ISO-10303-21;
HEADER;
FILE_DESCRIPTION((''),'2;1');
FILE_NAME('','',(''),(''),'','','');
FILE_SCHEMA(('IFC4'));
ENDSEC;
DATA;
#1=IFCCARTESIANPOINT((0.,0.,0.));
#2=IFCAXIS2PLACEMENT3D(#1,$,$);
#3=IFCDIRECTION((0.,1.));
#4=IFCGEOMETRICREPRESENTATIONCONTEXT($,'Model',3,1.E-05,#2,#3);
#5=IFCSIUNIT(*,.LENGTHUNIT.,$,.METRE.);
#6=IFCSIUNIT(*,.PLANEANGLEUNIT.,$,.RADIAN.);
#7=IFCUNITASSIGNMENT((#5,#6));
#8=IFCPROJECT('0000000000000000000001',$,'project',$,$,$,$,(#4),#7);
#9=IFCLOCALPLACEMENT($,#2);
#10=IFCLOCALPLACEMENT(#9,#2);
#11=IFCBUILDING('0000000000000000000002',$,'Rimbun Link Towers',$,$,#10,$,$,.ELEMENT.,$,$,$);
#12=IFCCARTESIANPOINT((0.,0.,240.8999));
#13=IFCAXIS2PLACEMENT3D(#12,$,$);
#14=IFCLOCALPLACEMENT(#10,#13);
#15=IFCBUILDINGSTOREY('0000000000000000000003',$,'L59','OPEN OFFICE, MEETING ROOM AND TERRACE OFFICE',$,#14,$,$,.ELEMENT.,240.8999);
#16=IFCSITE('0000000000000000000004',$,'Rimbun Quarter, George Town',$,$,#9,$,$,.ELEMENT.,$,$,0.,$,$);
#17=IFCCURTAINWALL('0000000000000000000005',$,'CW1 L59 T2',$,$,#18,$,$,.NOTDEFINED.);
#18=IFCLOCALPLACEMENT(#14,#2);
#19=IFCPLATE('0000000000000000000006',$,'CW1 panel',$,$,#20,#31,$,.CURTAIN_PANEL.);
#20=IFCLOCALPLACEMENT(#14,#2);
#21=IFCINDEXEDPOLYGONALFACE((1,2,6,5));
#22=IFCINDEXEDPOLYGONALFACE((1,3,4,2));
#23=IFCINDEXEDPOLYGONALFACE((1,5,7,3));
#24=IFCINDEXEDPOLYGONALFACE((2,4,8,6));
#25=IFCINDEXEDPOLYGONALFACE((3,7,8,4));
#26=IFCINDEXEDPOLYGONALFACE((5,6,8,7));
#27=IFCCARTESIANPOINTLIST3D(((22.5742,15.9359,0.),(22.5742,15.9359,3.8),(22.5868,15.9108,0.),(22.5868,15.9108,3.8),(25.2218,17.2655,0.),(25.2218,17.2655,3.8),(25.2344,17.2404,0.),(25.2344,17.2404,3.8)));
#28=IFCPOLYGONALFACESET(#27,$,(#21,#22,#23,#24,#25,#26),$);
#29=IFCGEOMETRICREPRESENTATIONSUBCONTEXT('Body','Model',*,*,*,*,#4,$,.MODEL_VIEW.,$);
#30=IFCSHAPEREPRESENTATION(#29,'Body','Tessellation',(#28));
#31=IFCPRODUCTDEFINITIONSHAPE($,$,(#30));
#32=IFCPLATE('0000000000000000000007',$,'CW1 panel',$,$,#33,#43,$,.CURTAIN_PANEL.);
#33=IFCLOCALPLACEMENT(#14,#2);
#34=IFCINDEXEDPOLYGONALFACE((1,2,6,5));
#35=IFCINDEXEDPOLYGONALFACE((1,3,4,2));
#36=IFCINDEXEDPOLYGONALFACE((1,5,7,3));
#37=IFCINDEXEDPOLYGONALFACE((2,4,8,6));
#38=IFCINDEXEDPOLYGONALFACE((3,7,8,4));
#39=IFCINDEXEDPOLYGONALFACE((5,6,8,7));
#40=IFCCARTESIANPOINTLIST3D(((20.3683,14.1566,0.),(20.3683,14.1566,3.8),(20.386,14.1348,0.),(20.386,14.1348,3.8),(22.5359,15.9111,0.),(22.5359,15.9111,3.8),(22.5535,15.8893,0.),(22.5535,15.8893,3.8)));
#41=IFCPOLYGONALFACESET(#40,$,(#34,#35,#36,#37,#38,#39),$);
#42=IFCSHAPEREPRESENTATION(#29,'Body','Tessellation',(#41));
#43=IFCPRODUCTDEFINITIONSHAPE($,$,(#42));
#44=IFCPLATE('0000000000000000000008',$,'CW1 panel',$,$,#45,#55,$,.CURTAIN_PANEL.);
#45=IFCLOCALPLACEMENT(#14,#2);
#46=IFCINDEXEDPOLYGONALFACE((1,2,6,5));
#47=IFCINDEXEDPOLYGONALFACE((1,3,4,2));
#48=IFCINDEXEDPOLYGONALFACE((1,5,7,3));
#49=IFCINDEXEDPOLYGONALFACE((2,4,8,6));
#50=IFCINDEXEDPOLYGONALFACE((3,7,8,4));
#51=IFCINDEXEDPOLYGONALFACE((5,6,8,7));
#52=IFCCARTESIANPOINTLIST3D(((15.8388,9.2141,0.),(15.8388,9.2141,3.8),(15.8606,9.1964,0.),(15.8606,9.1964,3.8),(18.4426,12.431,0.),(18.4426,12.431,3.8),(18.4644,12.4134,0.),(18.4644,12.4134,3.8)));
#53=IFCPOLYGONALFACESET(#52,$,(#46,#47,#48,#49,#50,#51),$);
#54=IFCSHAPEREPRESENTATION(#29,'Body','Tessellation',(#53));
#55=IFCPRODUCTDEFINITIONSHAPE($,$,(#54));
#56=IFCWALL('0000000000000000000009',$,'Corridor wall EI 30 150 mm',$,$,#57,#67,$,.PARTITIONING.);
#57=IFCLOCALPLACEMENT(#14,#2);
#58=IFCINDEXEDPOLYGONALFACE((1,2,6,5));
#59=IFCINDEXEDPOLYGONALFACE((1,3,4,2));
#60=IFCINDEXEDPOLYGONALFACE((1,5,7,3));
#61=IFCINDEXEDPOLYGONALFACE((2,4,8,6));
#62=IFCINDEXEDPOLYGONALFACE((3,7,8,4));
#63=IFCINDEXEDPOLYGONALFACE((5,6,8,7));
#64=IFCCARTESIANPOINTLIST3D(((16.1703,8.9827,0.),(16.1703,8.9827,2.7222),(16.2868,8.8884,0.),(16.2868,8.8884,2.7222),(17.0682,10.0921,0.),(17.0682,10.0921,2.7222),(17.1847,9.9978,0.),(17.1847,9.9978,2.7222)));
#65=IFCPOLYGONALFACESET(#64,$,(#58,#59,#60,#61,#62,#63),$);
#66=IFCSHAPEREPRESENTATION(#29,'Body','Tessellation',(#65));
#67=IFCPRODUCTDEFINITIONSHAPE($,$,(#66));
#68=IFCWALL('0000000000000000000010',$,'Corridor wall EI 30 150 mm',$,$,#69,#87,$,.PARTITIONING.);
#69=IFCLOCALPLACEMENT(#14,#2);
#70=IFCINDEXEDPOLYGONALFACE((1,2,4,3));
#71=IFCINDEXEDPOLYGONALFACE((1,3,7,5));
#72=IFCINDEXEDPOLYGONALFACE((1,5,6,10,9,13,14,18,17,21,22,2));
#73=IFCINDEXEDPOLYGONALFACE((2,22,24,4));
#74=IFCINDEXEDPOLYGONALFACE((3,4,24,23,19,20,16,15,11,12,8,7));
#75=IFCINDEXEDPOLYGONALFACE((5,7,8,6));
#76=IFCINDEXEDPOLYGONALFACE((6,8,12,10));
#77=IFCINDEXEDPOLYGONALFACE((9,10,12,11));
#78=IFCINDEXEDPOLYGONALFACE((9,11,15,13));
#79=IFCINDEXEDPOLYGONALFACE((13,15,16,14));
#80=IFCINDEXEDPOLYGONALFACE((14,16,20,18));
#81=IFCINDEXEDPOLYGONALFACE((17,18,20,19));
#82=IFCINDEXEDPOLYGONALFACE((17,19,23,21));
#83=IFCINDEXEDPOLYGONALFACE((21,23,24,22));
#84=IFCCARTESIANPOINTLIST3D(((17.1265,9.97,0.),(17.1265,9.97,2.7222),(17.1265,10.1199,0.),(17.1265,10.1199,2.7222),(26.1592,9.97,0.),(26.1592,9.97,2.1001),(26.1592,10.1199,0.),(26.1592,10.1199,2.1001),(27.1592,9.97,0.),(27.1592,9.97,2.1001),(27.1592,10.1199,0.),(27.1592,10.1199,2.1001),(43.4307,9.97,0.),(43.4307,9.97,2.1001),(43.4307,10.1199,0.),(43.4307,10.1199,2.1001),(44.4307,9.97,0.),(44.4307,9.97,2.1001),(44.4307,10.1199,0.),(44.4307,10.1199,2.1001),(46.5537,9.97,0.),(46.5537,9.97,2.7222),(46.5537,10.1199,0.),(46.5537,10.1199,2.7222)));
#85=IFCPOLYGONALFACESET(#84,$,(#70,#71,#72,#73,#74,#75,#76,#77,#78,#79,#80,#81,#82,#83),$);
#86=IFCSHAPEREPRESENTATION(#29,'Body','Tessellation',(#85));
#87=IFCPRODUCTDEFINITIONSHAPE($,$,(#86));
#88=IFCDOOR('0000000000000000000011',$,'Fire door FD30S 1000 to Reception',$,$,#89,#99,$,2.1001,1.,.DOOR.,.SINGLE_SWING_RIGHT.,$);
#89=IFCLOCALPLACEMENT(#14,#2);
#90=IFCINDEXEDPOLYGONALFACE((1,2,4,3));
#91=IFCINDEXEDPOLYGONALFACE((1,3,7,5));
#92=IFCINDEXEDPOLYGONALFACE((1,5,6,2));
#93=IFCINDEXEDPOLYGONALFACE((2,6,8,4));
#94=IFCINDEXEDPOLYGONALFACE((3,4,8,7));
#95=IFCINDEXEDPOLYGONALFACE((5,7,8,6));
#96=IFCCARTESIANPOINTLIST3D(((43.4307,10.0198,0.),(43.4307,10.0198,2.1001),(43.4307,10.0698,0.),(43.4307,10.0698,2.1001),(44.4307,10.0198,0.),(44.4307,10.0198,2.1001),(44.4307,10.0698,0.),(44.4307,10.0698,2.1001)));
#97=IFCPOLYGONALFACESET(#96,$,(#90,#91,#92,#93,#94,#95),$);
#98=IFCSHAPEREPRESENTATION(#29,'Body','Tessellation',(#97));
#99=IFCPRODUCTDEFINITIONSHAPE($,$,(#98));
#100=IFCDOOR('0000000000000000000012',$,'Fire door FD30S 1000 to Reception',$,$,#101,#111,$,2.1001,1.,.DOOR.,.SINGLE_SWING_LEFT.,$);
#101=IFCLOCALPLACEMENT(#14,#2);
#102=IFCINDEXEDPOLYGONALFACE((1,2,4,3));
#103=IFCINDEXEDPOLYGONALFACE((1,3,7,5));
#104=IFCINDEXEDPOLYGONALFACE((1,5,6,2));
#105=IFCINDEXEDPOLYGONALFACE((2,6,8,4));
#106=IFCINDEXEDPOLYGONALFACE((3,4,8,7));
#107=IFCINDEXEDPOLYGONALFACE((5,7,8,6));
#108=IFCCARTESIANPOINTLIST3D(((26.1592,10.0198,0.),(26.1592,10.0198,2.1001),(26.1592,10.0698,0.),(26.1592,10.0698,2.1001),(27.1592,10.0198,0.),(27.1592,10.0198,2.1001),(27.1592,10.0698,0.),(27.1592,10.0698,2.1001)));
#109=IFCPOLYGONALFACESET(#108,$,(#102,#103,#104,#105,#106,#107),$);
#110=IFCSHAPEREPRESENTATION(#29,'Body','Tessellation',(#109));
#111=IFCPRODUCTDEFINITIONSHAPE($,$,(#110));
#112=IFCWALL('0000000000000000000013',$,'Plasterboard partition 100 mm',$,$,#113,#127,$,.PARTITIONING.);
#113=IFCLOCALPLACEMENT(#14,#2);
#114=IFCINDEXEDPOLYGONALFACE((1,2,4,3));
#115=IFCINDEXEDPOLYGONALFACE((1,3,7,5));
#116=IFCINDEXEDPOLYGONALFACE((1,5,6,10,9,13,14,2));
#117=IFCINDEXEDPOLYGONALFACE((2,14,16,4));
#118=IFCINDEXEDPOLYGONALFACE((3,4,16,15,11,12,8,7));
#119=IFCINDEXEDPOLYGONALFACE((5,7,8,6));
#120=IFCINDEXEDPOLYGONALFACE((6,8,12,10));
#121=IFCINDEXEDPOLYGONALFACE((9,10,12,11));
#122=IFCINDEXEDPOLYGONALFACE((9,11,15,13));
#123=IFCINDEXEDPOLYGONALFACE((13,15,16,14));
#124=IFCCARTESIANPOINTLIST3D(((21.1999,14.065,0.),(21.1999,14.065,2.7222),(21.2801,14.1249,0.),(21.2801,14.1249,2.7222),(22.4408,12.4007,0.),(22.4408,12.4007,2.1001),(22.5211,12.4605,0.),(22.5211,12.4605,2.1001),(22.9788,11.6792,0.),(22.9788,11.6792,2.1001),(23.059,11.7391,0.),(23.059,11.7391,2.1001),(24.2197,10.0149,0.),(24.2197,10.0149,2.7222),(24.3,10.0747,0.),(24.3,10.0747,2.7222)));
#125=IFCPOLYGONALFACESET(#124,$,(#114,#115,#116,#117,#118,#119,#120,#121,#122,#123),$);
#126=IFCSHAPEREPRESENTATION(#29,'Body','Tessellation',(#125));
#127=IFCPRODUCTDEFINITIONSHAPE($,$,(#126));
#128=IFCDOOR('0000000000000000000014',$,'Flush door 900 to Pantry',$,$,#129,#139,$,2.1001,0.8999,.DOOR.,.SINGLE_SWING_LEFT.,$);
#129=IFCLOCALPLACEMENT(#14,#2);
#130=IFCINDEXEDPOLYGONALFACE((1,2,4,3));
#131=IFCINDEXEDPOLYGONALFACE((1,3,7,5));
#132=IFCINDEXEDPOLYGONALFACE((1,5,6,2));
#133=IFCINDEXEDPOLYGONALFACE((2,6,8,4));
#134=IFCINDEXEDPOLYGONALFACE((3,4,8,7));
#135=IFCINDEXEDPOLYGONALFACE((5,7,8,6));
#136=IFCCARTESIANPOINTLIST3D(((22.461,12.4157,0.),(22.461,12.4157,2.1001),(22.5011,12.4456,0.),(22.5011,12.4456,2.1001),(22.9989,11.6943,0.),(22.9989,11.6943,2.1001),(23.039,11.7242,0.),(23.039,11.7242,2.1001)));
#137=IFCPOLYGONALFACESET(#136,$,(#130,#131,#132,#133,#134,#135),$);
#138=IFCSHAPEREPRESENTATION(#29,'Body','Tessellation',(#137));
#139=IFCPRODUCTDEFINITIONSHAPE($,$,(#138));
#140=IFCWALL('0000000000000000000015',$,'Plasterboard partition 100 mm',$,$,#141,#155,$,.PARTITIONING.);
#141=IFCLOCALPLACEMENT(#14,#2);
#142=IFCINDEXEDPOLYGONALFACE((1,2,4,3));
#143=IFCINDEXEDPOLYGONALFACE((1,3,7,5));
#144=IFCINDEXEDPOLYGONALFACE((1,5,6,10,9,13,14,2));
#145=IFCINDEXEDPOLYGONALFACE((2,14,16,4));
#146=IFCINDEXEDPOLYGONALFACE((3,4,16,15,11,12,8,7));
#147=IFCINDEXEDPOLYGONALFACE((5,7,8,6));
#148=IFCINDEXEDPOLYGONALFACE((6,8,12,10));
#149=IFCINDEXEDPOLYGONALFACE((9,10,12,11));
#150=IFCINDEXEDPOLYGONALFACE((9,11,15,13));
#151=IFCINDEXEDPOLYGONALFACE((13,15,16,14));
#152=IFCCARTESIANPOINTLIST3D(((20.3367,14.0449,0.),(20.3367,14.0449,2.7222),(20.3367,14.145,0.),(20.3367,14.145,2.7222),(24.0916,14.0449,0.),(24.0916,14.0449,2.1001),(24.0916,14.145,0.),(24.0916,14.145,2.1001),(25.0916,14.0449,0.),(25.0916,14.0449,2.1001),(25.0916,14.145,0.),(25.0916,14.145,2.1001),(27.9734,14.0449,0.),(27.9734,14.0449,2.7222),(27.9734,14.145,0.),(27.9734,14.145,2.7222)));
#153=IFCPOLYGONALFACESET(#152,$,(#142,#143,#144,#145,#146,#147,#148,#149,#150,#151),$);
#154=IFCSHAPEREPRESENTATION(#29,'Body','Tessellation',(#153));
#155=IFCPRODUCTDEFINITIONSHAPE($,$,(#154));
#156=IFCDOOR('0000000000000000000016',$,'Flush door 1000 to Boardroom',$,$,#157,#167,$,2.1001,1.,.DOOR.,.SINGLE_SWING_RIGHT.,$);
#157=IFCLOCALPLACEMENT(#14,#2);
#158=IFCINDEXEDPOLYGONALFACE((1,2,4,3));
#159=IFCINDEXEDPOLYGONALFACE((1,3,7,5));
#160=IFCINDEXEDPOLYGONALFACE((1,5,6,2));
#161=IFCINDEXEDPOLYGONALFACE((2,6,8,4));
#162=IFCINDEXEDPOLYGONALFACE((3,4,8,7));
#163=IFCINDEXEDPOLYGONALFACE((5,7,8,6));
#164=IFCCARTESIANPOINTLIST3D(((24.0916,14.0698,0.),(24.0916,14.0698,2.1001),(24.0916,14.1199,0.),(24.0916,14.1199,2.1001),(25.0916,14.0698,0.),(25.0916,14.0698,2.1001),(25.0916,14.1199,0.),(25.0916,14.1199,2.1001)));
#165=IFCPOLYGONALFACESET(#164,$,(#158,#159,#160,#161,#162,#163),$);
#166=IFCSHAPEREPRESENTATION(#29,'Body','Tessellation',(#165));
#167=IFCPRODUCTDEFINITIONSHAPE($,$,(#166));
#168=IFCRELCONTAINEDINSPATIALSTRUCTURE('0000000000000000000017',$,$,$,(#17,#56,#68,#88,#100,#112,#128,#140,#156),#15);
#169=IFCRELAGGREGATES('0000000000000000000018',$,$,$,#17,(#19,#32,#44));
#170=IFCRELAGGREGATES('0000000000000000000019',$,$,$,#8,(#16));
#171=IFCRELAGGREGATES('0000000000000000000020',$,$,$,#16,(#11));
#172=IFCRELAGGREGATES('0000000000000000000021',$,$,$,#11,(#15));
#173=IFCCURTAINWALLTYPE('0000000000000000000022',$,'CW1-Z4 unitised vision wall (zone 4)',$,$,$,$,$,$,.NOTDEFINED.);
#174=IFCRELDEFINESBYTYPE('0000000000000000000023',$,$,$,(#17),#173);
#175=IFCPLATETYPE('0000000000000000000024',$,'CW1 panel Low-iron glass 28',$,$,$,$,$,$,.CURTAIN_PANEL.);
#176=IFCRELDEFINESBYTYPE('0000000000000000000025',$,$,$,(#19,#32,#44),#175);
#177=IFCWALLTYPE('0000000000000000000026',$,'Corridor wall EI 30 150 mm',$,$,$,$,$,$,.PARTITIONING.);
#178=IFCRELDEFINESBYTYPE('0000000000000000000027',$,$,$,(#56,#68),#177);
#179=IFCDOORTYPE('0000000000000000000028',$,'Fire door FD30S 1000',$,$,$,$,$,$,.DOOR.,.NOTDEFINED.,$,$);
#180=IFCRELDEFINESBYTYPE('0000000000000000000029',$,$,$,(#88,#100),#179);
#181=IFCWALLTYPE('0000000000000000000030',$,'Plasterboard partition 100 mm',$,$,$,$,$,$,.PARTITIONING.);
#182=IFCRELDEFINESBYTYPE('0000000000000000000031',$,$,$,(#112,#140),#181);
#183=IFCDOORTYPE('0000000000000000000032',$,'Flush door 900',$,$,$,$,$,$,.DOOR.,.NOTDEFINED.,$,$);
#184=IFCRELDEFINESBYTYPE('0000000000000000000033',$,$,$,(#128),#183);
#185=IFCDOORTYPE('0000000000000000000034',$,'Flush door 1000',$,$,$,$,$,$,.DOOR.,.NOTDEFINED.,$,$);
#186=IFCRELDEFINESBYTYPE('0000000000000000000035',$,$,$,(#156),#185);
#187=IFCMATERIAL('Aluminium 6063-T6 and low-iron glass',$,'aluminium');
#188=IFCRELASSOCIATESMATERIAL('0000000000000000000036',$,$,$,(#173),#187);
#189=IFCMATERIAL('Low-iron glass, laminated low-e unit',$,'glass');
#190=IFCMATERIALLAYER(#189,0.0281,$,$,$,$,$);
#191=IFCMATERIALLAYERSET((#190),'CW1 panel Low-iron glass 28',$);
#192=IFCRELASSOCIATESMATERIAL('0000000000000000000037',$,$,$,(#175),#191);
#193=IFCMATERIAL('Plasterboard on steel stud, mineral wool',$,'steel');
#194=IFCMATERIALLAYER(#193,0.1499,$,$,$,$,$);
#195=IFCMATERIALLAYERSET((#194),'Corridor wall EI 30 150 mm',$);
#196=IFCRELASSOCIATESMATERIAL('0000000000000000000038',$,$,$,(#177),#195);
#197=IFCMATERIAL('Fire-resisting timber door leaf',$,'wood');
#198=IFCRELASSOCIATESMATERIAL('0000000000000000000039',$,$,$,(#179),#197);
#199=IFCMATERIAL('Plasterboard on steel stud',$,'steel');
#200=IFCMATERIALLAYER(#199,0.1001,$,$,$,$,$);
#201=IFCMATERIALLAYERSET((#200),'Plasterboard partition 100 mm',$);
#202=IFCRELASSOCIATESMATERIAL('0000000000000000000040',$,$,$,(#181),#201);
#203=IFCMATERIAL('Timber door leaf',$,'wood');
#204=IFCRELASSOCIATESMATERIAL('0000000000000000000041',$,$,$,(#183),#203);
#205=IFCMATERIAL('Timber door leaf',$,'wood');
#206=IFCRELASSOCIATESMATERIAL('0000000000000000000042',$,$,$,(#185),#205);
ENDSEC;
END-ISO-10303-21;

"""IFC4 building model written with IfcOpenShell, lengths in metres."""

from ifc_helpers import new_model, si_unit, direction, frame, frame_2d, origin, origin_2d, place, context, subcontext, project, spatial, rectangle, extrude, material, layer, layer_set, type_object, element, fill, aggregate, save


model = new_model("IFC4")

# Units and contexts
model_context = context("Model", 3, precision=1e-05, world=origin(), true_north=direction((0.0, 1.0)))
body_context = subcontext(model_context, "Body", "Model", "MODEL_VIEW")
ifc_project = project(units=[si_unit("LENGTHUNIT", "METRE"), si_unit("PLANEANGLEUNIT", "RADIAN")], contexts=[model_context])

# Site, building, storey
site_placement = place(None, origin())
site = spatial("IfcSite", under=ifc_project, at=site_placement, Name="Rimbun Quarter, George Town", CompositionType="ELEMENT", RefElevation=0.0)
building_placement = place(site_placement, origin())
building = spatial("IfcBuilding", under=site, at=building_placement, Name="Rimbun Link Towers", CompositionType="ELEMENT")
storey_placement = place(building_placement, frame((0.0, 0.0, 240.8999)))
storey = spatial("IfcBuildingStorey", under=building, at=storey_placement, Name="L59", Description="OPEN OFFICE, MEETING ROOM AND TERRACE OFFICE", CompositionType="ELEMENT", Elevation=240.8999)

# Curtain wall
ifc_material_1 = material(Name="Aluminium 6063-T6 and low-iron glass", Category="aluminium")
curtain_wall_type = type_object("IfcCurtainWallType", Name="CW1-Z4 unitised vision wall (zone 4)", PredefinedType="NOTDEFINED", material=ifc_material_1)
curtain_wall_placement = place(storey_placement, origin())
curtain_wall = element("IfcCurtainWall", 1, at=curtain_wall_placement, inside=storey, type_object=curtain_wall_type, Name="CW1 L59 T2", PredefinedType="NOTDEFINED")

# Plates
ifc_material_2 = material(Name="Low-iron glass, laminated low-e unit", Category="glass")
ifc_layer_1 = layer(ifc_material_2, 0.0281)
ifc_layer_set_1 = layer_set([ifc_layer_1], Name="CW1 panel Low-iron glass 28")
plate_type = type_object("IfcPlateType", Name="CW1 panel Low-iron glass 28", PredefinedType="CURTAIN_PANEL", material=ifc_layer_set_1)
plate_1_placement = place(storey_placement, frame((23.9043, 16.5881, 0.0), z_axis=(0.0, 0.0, 1.0), x_axis=(0.893643, 0.448779, 0.0)))
plate_1 = element("IfcPlate", 2, at=plate_1_placement, type_object=plate_type, Name="CW1 panel", PredefinedType="CURTAIN_PANEL", context=body_context, shape_type="SweptSolid", body=[
    extrude(rectangle(XDim=2.9626, YDim=0.0281, at=origin_2d()), origin(), (0.0, 0.0, 1.0), 3.8),
])
plate_2_placement = place(storey_placement, frame((21.4609, 15.0229, 0.0), z_axis=(0.0, 0.0, 1.0), x_axis=(0.777285, 0.629148, 0.0)))
plate_2 = element("IfcPlate", 3, at=plate_2_placement, type_object=plate_type, Name="CW1 panel", PredefinedType="CURTAIN_PANEL", context=body_context, shape_type="SweptSolid", body=[
    extrude(rectangle(XDim=2.7886, YDim=0.0281, at=origin_2d()), origin(), (0.0, 0.0, 1.0), 3.8),
])
plate_3_placement = place(storey_placement, frame((17.1516, 10.8137, 0.0), z_axis=(0.0, 0.0, 1.0), x_axis=(0.629148, 0.777285, 0.0)))
plate_3 = element("IfcPlate", 4, at=plate_3_placement, type_object=plate_type, Name="CW1 panel", PredefinedType="CURTAIN_PANEL", context=body_context, shape_type="SweptSolid", body=[
    extrude(rectangle(XDim=4.1387, YDim=0.0281, at=origin_2d()), origin(), (0.0, 0.0, 1.0), 3.8),
])
aggregate(curtain_wall, [plate_1, plate_2, plate_3])

# Wall
ifc_material_3 = material(Name="Plasterboard on steel stud, mineral wool", Category="steel")
ifc_layer_2 = layer(ifc_material_3, 0.1499)
ifc_layer_set_2 = layer_set([ifc_layer_2], Name="Corridor wall EI 30 150 mm")
wall_type_1 = type_object("IfcWallType", Name="Corridor wall EI 30 150 mm", PredefinedType="PARTITIONING", material=ifc_layer_set_2)
wall_1_placement = place(storey_placement, frame((17.1265, 10.0449, 0.0), z_axis=(0.0, 0.0, 1.0), x_axis=(-0.629149, -0.777285, 0.0)))
element("IfcWall", 5, at=wall_1_placement, inside=storey, type_object=wall_type_1, Name="Corridor wall EI 30 150 mm", PredefinedType="PARTITIONING", context=body_context, shape_type="SweptSolid", body=[
    extrude(rectangle(XDim=1.4272, YDim=0.1499, at=frame_2d((0.7136, 0.0))), origin(), (0.0, 0.0, 1.0), 2.7222),
])

# Wall, openings, doors
wall_2_placement = place(storey_placement, frame((17.1265, 10.0449, 0.0), z_axis=(0.0, 0.0, 1.0), x_axis=(1.0, 0.0, 0.0)))
wall_2 = element("IfcWall", 6, at=wall_2_placement, inside=storey, type_object=wall_type_1, Name="Corridor wall EI 30 150 mm", PredefinedType="PARTITIONING", context=body_context, shape_type="SweptSolid", body=[
    extrude(rectangle(XDim=29.4272, YDim=0.1499, at=frame_2d((14.7136, 0.0))), origin(), (0.0, 0.0, 1.0), 2.7222),
])
opening_1_placement = place(wall_2_placement, frame((26.3042, 0.0, 0.0)))
opening_1 = element("IfcOpeningElement", 7, at=opening_1_placement, cuts=wall_2, PredefinedType="OPENING", context=body_context, shape_type="SweptSolid", body=[
    extrude(rectangle(XDim=1.0, YDim=2.1001, at=frame_2d((0.5, 1.05))), frame((0.0, 0.085, 0.0), z_axis=(0.0, -1.0, 0.0), x_axis=(1.0, 0.0, 0.0)), (0.0, 0.0, 1.0), 0.1699),
])
opening_2_placement = place(wall_2_placement, frame((9.0327, 0.0, 0.0)))
opening_2 = element("IfcOpeningElement", 8, at=opening_2_placement, cuts=wall_2, PredefinedType="OPENING", context=body_context, shape_type="SweptSolid", body=[
    extrude(rectangle(XDim=1.0, YDim=2.1001, at=frame_2d((0.5, 1.05))), frame((0.0, 0.085, 0.0), z_axis=(0.0, -1.0, 0.0), x_axis=(1.0, 0.0, 0.0)), (0.0, 0.0, 1.0), 0.1699),
])
ifc_material_4 = material(Name="Fire-resisting timber door leaf", Category="wood")
door_type_1 = type_object("IfcDoorType", Name="Fire door FD30S 1000", OperationType="NOTDEFINED", PredefinedType="DOOR", material=ifc_material_4)
door_1_placement = place(opening_1_placement, origin())
door_1 = element("IfcDoor", 9, at=door_1_placement, inside=storey, type_object=door_type_1, Name="Fire door FD30S 1000 to Reception", OperationType="SINGLE_SWING_RIGHT", OverallHeight=2.1001, OverallWidth=1.0, PredefinedType="DOOR", context=body_context, shape_type="SweptSolid", body=[
    extrude(rectangle(XDim=1.0, YDim=2.1001, at=frame_2d((0.5, 1.05))), frame((0.0, 0.0249, 0.0), z_axis=(0.0, -1.0, 0.0), x_axis=(1.0, 0.0, 0.0)), (0.0, 0.0, 1.0), 0.05),
])
fill(opening_1, door_1)
door_2_placement = place(opening_2_placement, origin())
door_2 = element("IfcDoor", 10, at=door_2_placement, inside=storey, type_object=door_type_1, Name="Fire door FD30S 1000 to Reception", OperationType="SINGLE_SWING_LEFT", OverallHeight=2.1001, OverallWidth=1.0, PredefinedType="DOOR", context=body_context, shape_type="SweptSolid", body=[
    extrude(rectangle(XDim=1.0, YDim=2.1001, at=frame_2d((0.5, 1.05))), frame((0.0, 0.0249, 0.0), z_axis=(0.0, -1.0, 0.0), x_axis=(1.0, 0.0, 0.0)), (0.0, 0.0, 1.0), 0.05),
])
fill(opening_2, door_2)

# Walls, openings, doors
ifc_material_5 = material(Name="Plasterboard on steel stud", Category="steel")
ifc_layer_3 = layer(ifc_material_5, 0.1001)
ifc_layer_set_3 = layer_set([ifc_layer_3], Name="Plasterboard partition 100 mm")
wall_type_2 = type_object("IfcWallType", Name="Plasterboard partition 100 mm", PredefinedType="PARTITIONING", material=ifc_layer_set_3)
wall_3_placement = place(storey_placement, frame((24.2598, 10.0449, 0.0), z_axis=(0.0, 0.0, 1.0), x_axis=(-0.597748, 0.801684, 0.0)))
wall_3 = element("IfcWall", 11, at=wall_3_placement, inside=storey, type_object=wall_type_2, Name="Plasterboard partition 100 mm", PredefinedType="PARTITIONING", context=body_context, shape_type="SweptSolid", body=[
    extrude(rectangle(XDim=5.052, YDim=0.1001, at=frame_2d((2.5259, 0.0))), origin(), (0.0, 0.0, 1.0), 2.7222),
])
opening_3_placement = place(wall_3_placement, frame((2.0759, 0.0, 0.0)))
opening_3 = element("IfcOpeningElement", 12, at=opening_3_placement, cuts=wall_3, PredefinedType="OPENING", context=body_context, shape_type="SweptSolid", body=[
    extrude(rectangle(XDim=0.8999, YDim=2.1001, at=frame_2d((0.45, 1.05))), frame((0.0, 0.0601, 0.0), z_axis=(0.0, -1.0, 0.0), x_axis=(1.0, 0.0, 0.0)), (0.0, 0.0, 1.0), 0.1201),
])
ifc_material_6 = material(Name="Timber door leaf", Category="wood")
door_type_2 = type_object("IfcDoorType", Name="Flush door 900", OperationType="NOTDEFINED", PredefinedType="DOOR", material=ifc_material_6)
door_3_placement = place(opening_3_placement, origin())
door_3 = element("IfcDoor", 13, at=door_3_placement, inside=storey, type_object=door_type_2, Name="Flush door 900 to Pantry", OperationType="SINGLE_SWING_LEFT", OverallHeight=2.1001, OverallWidth=0.8999, PredefinedType="DOOR", context=body_context, shape_type="SweptSolid", body=[
    extrude(rectangle(XDim=0.8999, YDim=2.1001, at=frame_2d((0.45, 1.05))), frame((0.0, 0.0249, 0.0), z_axis=(0.0, -1.0, 0.0), x_axis=(1.0, 0.0, 0.0)), (0.0, 0.0, 1.0), 0.05),
])
fill(opening_3, door_3)
wall_4_placement = place(storey_placement, frame((20.3367, 14.095, 0.0), z_axis=(0.0, 0.0, 1.0), x_axis=(1.0, 0.0, 0.0)))
wall_4 = element("IfcWall", 14, at=wall_4_placement, inside=storey, type_object=wall_type_2, Name="Plasterboard partition 100 mm", PredefinedType="PARTITIONING", context=body_context, shape_type="SweptSolid", body=[
    extrude(rectangle(XDim=7.6367, YDim=0.1001, at=frame_2d((3.8184, 0.0))), origin(), (0.0, 0.0, 1.0), 2.7222),
])
opening_4_placement = place(wall_4_placement, frame((3.7549, 0.0, 0.0)))
opening_4 = element("IfcOpeningElement", 15, at=opening_4_placement, cuts=wall_4, PredefinedType="OPENING", context=body_context, shape_type="SweptSolid", body=[
    extrude(rectangle(XDim=1.0, YDim=2.1001, at=frame_2d((0.5, 1.05))), frame((0.0, 0.0601, 0.0), z_axis=(0.0, -1.0, 0.0), x_axis=(1.0, 0.0, 0.0)), (0.0, 0.0, 1.0), 0.1201),
])
ifc_material_7 = material(Name="Timber door leaf", Category="wood")
door_type_3 = type_object("IfcDoorType", Name="Flush door 1000", OperationType="NOTDEFINED", PredefinedType="DOOR", material=ifc_material_7)
door_4_placement = place(opening_4_placement, origin())
door_4 = element("IfcDoor", 16, at=door_4_placement, inside=storey, type_object=door_type_3, Name="Flush door 1000 to Boardroom", OperationType="SINGLE_SWING_RIGHT", OverallHeight=2.1001, OverallWidth=1.0, PredefinedType="DOOR", context=body_context, shape_type="SweptSolid", body=[
    extrude(rectangle(XDim=1.0, YDim=2.1001, at=frame_2d((0.5, 1.05))), frame((0.0, 0.0249, 0.0), z_axis=(0.0, -1.0, 0.0), x_axis=(1.0, 0.0, 0.0)), (0.0, 0.0, 1.0), 0.05),
])
fill(opening_4, door_4)

save(model, "model.ifc")
